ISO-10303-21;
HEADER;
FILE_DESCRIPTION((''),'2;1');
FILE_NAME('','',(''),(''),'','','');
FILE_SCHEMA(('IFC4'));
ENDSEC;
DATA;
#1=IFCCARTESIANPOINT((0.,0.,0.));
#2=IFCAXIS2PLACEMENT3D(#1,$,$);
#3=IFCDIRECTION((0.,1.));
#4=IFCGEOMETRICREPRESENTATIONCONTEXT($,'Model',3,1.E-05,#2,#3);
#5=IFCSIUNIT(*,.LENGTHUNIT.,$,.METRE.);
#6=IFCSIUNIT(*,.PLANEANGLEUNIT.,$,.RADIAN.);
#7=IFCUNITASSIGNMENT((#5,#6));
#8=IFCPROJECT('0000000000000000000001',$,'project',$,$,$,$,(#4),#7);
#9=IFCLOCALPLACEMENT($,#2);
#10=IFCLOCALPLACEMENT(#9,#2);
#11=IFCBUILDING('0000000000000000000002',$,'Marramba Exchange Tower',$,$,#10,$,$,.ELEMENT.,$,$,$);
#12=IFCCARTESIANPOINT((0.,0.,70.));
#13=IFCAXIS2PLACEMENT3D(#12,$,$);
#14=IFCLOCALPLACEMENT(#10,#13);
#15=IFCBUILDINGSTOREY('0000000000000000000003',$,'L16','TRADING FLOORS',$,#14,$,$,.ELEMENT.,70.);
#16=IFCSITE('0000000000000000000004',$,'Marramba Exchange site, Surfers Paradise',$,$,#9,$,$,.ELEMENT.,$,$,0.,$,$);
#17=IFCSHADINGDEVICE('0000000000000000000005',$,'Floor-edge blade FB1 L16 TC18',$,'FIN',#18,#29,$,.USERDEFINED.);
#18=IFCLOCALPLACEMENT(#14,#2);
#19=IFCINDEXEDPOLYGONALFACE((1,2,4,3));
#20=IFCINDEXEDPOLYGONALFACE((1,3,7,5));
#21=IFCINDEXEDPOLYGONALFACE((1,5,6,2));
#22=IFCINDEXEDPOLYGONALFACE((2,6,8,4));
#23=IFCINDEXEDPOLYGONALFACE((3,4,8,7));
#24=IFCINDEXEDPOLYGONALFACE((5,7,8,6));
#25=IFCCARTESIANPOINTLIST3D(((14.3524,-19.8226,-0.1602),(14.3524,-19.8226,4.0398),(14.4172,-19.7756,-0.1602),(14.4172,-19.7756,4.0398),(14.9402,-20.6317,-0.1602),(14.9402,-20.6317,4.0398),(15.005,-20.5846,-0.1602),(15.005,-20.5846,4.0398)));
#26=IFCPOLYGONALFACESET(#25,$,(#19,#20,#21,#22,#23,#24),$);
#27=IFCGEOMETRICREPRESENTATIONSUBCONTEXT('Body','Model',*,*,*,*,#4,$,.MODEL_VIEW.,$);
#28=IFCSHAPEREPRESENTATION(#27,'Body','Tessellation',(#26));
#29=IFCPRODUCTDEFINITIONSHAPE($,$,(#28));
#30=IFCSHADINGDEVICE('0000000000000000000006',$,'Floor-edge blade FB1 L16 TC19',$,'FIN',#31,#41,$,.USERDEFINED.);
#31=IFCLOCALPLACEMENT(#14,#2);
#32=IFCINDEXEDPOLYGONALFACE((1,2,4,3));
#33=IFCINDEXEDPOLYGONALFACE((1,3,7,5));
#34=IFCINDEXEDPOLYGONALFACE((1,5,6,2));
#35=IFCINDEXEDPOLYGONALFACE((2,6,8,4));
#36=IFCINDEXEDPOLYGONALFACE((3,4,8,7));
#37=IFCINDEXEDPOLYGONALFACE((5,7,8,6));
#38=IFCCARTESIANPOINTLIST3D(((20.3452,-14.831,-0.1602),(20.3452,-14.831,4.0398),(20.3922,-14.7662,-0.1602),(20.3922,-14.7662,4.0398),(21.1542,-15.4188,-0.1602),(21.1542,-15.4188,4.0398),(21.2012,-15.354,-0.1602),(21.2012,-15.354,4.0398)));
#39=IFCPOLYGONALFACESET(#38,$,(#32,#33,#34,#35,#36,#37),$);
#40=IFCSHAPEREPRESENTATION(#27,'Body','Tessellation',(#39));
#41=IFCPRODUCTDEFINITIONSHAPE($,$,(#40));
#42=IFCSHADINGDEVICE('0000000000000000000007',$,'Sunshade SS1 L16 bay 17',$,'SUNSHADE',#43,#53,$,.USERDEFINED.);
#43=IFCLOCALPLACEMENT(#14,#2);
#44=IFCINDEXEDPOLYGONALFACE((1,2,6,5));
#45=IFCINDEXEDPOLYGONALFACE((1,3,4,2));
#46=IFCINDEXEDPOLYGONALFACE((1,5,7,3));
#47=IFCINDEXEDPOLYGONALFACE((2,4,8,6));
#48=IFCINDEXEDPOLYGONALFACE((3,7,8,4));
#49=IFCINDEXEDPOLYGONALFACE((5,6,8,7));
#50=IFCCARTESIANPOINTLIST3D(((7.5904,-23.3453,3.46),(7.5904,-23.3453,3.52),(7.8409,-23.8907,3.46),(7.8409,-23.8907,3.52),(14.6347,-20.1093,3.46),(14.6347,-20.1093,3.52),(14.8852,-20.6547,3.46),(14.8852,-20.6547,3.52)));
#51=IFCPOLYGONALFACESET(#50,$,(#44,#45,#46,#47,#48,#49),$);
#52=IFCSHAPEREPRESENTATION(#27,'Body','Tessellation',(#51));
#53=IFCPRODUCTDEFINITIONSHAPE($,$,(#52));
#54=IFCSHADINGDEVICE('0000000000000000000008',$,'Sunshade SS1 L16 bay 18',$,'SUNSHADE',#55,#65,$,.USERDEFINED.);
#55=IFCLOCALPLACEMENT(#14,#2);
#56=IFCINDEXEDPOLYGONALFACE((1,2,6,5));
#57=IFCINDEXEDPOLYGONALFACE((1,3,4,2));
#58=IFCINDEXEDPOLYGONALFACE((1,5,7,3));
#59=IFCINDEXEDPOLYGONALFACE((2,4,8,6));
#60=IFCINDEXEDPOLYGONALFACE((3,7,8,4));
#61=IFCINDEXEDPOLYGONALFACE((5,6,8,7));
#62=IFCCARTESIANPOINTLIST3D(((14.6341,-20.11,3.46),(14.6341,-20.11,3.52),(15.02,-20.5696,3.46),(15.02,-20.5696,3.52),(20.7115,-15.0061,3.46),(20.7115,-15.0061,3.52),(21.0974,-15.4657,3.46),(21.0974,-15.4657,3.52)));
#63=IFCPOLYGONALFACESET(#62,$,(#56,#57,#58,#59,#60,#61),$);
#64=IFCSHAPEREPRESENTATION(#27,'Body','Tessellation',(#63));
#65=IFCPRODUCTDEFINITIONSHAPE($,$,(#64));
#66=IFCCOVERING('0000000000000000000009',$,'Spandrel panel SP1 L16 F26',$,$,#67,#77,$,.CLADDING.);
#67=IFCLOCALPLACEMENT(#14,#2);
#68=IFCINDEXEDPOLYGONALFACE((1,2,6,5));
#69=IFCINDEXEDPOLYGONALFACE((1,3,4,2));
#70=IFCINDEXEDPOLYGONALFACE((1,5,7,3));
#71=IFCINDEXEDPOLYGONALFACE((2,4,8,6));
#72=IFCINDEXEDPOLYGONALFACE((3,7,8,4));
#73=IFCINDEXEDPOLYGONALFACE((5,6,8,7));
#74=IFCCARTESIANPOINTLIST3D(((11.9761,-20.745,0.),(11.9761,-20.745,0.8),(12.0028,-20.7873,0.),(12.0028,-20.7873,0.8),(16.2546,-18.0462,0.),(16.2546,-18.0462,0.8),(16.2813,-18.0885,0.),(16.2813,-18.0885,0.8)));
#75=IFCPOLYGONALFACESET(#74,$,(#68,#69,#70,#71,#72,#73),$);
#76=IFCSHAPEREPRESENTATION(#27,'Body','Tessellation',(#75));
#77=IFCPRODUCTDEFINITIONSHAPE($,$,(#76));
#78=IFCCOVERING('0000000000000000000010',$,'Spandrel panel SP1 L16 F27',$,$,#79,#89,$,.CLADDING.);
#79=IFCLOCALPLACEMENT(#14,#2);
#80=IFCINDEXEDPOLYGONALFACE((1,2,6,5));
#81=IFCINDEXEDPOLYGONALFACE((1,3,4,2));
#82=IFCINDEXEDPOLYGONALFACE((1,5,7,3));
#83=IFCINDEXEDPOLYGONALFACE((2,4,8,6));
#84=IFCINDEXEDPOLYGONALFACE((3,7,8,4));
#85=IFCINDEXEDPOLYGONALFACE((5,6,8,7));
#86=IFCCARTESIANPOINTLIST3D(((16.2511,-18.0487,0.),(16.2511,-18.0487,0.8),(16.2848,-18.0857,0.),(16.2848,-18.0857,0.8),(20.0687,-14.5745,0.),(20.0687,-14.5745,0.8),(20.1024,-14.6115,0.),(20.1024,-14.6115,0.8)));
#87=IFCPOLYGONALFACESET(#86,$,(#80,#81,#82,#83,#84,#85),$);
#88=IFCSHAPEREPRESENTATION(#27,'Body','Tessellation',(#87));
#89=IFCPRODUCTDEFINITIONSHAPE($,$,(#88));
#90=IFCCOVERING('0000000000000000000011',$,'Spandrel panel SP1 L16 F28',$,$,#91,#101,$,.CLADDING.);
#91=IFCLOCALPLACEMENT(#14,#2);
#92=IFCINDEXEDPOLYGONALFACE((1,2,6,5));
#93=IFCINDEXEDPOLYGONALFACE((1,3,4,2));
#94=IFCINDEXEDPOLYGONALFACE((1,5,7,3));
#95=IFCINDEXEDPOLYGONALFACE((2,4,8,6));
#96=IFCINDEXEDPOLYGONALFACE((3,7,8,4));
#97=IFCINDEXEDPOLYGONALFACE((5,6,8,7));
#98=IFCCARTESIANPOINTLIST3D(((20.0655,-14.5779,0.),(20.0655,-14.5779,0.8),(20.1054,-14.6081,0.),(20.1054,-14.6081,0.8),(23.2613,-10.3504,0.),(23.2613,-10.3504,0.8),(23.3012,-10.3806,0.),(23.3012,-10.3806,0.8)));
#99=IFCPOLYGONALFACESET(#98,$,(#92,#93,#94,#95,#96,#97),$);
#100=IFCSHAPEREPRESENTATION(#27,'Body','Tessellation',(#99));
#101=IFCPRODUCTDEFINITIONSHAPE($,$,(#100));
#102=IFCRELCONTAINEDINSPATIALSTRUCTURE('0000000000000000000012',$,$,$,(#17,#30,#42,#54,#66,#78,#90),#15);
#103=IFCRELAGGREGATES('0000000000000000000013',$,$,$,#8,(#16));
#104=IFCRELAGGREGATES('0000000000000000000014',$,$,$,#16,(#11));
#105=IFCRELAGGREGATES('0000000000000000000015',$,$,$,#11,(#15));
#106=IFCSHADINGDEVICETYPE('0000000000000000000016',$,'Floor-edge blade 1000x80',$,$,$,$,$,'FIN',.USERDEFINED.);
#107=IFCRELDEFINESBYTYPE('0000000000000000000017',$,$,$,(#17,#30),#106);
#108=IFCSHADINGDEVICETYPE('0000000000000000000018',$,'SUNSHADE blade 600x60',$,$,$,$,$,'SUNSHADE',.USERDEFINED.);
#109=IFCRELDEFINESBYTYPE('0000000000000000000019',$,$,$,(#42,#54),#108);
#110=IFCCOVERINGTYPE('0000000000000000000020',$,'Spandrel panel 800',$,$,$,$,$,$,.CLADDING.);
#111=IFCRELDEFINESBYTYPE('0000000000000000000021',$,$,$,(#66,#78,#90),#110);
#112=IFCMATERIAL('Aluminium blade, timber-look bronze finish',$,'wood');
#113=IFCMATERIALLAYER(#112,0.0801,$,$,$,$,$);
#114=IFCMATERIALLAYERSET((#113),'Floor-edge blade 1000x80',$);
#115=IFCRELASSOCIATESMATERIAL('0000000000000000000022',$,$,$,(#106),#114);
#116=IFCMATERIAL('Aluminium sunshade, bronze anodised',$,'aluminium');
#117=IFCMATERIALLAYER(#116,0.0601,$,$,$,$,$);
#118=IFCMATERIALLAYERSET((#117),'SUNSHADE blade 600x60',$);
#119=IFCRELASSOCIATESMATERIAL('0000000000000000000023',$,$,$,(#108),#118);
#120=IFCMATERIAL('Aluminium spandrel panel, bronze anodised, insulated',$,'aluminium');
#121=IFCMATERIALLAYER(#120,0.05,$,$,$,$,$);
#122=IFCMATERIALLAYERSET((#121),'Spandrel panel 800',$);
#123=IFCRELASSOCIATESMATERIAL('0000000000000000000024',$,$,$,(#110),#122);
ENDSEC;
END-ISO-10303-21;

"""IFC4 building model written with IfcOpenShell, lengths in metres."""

from ifc_helpers import new_model, si_unit, direction, frame, origin, origin_2d, place, context, subcontext, project, spatial, rectangle, extrude, material, layer, layer_set, type_object, element, save


model = new_model("IFC4")

# Units and contexts
model_context = context("Model", 3, precision=1e-05, world=origin(), true_north=direction((0.0, 1.0)))
body_context = subcontext(model_context, "Body", "Model", "MODEL_VIEW")
ifc_project = project(units=[si_unit("LENGTHUNIT", "METRE"), si_unit("PLANEANGLEUNIT", "RADIAN")], contexts=[model_context])

# Site, building, storey
site_placement = place(None, origin())
site = spatial("IfcSite", under=ifc_project, at=site_placement, Name="Marramba Exchange site, Surfers Paradise", CompositionType="ELEMENT", RefElevation=0.0)
building_placement = place(site_placement, origin())
building = spatial("IfcBuilding", under=site, at=building_placement, Name="Marramba Exchange Tower", CompositionType="ELEMENT")
storey_placement = place(building_placement, frame((0.0, 0.0, 70.0)))
storey = spatial("IfcBuildingStorey", under=building, at=storey_placement, Name="L16", Description="TRADING FLOORS", CompositionType="ELEMENT", Elevation=70.0)

# Shading devices
ifc_material_1 = material(Name="Aluminium blade, timber-look bronze finish", Category="wood")
ifc_layer_1 = layer(ifc_material_1, 0.0801)
ifc_layer_set_1 = layer_set([ifc_layer_1], Name="Floor-edge blade 1000x80")
shading_device_type_1 = type_object("IfcShadingDeviceType", Name="Floor-edge blade 1000x80", ElementType="FIN", PredefinedType="USERDEFINED", material=ifc_layer_set_1)
for number, where, z_axis, x_axis, name in (
    (1, (14.6787, -20.2036, -0.1602), (0.0, 0.0, 1.0), (0.587785, -0.809017, 0.0), "Floor-edge blade FB1 L16 TC18"),
    (2, (20.7732, -15.0925, -0.1602), (0.0, 0.0, 1.0), (0.809017, -0.587785, 0.0), "Floor-edge blade FB1 L16 TC19"),
):
    element("IfcShadingDevice", number, at=place(storey_placement, frame(where, z_axis=z_axis, x_axis=x_axis)), inside=storey, type_object=shading_device_type_1, Name=name, ObjectType="FIN", PredefinedType="USERDEFINED", context=body_context, shape_type="SweptSolid", body=[
        extrude(rectangle(XDim=1.0, YDim=0.0801, at=origin_2d()), origin(), (0.0, 0.0, 1.0), 4.2),
    ])
ifc_material_2 = material(Name="Aluminium sunshade, bronze anodised", Category="aluminium")
ifc_layer_2 = layer(ifc_material_2, 0.0601)
ifc_layer_set_2 = layer_set([ifc_layer_2], Name="SUNSHADE blade 600x60")
shading_device_type_2 = type_object("IfcShadingDeviceType", Name="SUNSHADE blade 600x60", ElementType="SUNSHADE", PredefinedType="USERDEFINED", material=ifc_layer_set_2)
shading_device_1_placement = place(storey_placement, frame((11.2378, -22.0, 3.46), z_axis=(0.0, 0.0, 1.0), x_axis=(0.908704, 0.417442, 0.0)))
element("IfcShadingDevice", 3, at=shading_device_1_placement, inside=storey, type_object=shading_device_type_2, Name="Sunshade SS1 L16 bay 17", ObjectType="SUNSHADE", PredefinedType="USERDEFINED", context=body_context, shape_type="SweptSolid", body=[
    extrude(rectangle(XDim=7.752, YDim=0.6001, at=origin_2d()), origin(), (0.0, 0.0, 1.0), 0.0601),
])
shading_device_2_placement = place(storey_placement, frame((17.8657, -17.7878, 3.46), z_axis=(0.0, 0.0, 1.0), x_axis=(0.765776, 0.643107, 0.0)))
element("IfcShadingDevice", 4, at=shading_device_2_placement, inside=storey, type_object=shading_device_type_2, Name="Sunshade SS1 L16 bay 18", ObjectType="SUNSHADE", PredefinedType="USERDEFINED", context=body_context, shape_type="SweptSolid", body=[
    extrude(rectangle(XDim=7.9363, YDim=0.6001, at=origin_2d()), origin(), (0.0, 0.0, 1.0), 0.0601),
])

# Coverings
ifc_material_3 = material(Name="Aluminium spandrel panel, bronze anodised, insulated", Category="aluminium")
ifc_layer_3 = layer(ifc_material_3, 0.05)
ifc_layer_set_3 = layer_set([ifc_layer_3], Name="Spandrel panel 800")
covering_type = type_object("IfcCoveringType", Name="Spandrel panel 800", PredefinedType="CLADDING", material=ifc_layer_set_3)
covering_1_placement = place(storey_placement, frame((14.1287, -19.4167, 0.0), z_axis=(0.0, 0.0, 1.0), x_axis=(0.845791, 0.533515, 0.0)))
element("IfcCovering", 5, at=covering_1_placement, inside=storey, type_object=covering_type, Name="Spandrel panel SP1 L16 F26", PredefinedType="CLADDING", context=body_context, shape_type="SweptSolid", body=[
    extrude(rectangle(XDim=5.0586, YDim=0.05, at=origin_2d()), origin(), (0.0, 0.0, 1.0), 0.8),
])
covering_2_placement = place(storey_placement, frame((18.1768, -16.3301, 0.0), z_axis=(0.0, 0.0, 1.0), x_axis=(0.73959, 0.673058, 0.0)))
element("IfcCovering", 6, at=covering_2_placement, inside=storey, type_object=covering_type, Name="Spandrel panel SP1 L16 F27", PredefinedType="CLADDING", context=body_context, shape_type="SweptSolid", body=[
    extrude(rectangle(XDim=5.1619, YDim=0.05, at=origin_2d()), origin(), (0.0, 0.0, 1.0), 0.8),
])
covering_3_placement = place(storey_placement, frame((21.6833, -12.4792, 0.0), z_axis=(0.0, 0.0, 1.0), x_axis=(0.60304, 0.797711, 0.0)))
element("IfcCovering", 7, at=covering_3_placement, inside=storey, type_object=covering_type, Name="Spandrel panel SP1 L16 F28", PredefinedType="CLADDING", context=body_context, shape_type="SweptSolid", body=[
    extrude(rectangle(XDim=5.2996, YDim=0.05, at=origin_2d()), origin(), (0.0, 0.0, 1.0), 0.8),
])

save(model, "model.ifc")
